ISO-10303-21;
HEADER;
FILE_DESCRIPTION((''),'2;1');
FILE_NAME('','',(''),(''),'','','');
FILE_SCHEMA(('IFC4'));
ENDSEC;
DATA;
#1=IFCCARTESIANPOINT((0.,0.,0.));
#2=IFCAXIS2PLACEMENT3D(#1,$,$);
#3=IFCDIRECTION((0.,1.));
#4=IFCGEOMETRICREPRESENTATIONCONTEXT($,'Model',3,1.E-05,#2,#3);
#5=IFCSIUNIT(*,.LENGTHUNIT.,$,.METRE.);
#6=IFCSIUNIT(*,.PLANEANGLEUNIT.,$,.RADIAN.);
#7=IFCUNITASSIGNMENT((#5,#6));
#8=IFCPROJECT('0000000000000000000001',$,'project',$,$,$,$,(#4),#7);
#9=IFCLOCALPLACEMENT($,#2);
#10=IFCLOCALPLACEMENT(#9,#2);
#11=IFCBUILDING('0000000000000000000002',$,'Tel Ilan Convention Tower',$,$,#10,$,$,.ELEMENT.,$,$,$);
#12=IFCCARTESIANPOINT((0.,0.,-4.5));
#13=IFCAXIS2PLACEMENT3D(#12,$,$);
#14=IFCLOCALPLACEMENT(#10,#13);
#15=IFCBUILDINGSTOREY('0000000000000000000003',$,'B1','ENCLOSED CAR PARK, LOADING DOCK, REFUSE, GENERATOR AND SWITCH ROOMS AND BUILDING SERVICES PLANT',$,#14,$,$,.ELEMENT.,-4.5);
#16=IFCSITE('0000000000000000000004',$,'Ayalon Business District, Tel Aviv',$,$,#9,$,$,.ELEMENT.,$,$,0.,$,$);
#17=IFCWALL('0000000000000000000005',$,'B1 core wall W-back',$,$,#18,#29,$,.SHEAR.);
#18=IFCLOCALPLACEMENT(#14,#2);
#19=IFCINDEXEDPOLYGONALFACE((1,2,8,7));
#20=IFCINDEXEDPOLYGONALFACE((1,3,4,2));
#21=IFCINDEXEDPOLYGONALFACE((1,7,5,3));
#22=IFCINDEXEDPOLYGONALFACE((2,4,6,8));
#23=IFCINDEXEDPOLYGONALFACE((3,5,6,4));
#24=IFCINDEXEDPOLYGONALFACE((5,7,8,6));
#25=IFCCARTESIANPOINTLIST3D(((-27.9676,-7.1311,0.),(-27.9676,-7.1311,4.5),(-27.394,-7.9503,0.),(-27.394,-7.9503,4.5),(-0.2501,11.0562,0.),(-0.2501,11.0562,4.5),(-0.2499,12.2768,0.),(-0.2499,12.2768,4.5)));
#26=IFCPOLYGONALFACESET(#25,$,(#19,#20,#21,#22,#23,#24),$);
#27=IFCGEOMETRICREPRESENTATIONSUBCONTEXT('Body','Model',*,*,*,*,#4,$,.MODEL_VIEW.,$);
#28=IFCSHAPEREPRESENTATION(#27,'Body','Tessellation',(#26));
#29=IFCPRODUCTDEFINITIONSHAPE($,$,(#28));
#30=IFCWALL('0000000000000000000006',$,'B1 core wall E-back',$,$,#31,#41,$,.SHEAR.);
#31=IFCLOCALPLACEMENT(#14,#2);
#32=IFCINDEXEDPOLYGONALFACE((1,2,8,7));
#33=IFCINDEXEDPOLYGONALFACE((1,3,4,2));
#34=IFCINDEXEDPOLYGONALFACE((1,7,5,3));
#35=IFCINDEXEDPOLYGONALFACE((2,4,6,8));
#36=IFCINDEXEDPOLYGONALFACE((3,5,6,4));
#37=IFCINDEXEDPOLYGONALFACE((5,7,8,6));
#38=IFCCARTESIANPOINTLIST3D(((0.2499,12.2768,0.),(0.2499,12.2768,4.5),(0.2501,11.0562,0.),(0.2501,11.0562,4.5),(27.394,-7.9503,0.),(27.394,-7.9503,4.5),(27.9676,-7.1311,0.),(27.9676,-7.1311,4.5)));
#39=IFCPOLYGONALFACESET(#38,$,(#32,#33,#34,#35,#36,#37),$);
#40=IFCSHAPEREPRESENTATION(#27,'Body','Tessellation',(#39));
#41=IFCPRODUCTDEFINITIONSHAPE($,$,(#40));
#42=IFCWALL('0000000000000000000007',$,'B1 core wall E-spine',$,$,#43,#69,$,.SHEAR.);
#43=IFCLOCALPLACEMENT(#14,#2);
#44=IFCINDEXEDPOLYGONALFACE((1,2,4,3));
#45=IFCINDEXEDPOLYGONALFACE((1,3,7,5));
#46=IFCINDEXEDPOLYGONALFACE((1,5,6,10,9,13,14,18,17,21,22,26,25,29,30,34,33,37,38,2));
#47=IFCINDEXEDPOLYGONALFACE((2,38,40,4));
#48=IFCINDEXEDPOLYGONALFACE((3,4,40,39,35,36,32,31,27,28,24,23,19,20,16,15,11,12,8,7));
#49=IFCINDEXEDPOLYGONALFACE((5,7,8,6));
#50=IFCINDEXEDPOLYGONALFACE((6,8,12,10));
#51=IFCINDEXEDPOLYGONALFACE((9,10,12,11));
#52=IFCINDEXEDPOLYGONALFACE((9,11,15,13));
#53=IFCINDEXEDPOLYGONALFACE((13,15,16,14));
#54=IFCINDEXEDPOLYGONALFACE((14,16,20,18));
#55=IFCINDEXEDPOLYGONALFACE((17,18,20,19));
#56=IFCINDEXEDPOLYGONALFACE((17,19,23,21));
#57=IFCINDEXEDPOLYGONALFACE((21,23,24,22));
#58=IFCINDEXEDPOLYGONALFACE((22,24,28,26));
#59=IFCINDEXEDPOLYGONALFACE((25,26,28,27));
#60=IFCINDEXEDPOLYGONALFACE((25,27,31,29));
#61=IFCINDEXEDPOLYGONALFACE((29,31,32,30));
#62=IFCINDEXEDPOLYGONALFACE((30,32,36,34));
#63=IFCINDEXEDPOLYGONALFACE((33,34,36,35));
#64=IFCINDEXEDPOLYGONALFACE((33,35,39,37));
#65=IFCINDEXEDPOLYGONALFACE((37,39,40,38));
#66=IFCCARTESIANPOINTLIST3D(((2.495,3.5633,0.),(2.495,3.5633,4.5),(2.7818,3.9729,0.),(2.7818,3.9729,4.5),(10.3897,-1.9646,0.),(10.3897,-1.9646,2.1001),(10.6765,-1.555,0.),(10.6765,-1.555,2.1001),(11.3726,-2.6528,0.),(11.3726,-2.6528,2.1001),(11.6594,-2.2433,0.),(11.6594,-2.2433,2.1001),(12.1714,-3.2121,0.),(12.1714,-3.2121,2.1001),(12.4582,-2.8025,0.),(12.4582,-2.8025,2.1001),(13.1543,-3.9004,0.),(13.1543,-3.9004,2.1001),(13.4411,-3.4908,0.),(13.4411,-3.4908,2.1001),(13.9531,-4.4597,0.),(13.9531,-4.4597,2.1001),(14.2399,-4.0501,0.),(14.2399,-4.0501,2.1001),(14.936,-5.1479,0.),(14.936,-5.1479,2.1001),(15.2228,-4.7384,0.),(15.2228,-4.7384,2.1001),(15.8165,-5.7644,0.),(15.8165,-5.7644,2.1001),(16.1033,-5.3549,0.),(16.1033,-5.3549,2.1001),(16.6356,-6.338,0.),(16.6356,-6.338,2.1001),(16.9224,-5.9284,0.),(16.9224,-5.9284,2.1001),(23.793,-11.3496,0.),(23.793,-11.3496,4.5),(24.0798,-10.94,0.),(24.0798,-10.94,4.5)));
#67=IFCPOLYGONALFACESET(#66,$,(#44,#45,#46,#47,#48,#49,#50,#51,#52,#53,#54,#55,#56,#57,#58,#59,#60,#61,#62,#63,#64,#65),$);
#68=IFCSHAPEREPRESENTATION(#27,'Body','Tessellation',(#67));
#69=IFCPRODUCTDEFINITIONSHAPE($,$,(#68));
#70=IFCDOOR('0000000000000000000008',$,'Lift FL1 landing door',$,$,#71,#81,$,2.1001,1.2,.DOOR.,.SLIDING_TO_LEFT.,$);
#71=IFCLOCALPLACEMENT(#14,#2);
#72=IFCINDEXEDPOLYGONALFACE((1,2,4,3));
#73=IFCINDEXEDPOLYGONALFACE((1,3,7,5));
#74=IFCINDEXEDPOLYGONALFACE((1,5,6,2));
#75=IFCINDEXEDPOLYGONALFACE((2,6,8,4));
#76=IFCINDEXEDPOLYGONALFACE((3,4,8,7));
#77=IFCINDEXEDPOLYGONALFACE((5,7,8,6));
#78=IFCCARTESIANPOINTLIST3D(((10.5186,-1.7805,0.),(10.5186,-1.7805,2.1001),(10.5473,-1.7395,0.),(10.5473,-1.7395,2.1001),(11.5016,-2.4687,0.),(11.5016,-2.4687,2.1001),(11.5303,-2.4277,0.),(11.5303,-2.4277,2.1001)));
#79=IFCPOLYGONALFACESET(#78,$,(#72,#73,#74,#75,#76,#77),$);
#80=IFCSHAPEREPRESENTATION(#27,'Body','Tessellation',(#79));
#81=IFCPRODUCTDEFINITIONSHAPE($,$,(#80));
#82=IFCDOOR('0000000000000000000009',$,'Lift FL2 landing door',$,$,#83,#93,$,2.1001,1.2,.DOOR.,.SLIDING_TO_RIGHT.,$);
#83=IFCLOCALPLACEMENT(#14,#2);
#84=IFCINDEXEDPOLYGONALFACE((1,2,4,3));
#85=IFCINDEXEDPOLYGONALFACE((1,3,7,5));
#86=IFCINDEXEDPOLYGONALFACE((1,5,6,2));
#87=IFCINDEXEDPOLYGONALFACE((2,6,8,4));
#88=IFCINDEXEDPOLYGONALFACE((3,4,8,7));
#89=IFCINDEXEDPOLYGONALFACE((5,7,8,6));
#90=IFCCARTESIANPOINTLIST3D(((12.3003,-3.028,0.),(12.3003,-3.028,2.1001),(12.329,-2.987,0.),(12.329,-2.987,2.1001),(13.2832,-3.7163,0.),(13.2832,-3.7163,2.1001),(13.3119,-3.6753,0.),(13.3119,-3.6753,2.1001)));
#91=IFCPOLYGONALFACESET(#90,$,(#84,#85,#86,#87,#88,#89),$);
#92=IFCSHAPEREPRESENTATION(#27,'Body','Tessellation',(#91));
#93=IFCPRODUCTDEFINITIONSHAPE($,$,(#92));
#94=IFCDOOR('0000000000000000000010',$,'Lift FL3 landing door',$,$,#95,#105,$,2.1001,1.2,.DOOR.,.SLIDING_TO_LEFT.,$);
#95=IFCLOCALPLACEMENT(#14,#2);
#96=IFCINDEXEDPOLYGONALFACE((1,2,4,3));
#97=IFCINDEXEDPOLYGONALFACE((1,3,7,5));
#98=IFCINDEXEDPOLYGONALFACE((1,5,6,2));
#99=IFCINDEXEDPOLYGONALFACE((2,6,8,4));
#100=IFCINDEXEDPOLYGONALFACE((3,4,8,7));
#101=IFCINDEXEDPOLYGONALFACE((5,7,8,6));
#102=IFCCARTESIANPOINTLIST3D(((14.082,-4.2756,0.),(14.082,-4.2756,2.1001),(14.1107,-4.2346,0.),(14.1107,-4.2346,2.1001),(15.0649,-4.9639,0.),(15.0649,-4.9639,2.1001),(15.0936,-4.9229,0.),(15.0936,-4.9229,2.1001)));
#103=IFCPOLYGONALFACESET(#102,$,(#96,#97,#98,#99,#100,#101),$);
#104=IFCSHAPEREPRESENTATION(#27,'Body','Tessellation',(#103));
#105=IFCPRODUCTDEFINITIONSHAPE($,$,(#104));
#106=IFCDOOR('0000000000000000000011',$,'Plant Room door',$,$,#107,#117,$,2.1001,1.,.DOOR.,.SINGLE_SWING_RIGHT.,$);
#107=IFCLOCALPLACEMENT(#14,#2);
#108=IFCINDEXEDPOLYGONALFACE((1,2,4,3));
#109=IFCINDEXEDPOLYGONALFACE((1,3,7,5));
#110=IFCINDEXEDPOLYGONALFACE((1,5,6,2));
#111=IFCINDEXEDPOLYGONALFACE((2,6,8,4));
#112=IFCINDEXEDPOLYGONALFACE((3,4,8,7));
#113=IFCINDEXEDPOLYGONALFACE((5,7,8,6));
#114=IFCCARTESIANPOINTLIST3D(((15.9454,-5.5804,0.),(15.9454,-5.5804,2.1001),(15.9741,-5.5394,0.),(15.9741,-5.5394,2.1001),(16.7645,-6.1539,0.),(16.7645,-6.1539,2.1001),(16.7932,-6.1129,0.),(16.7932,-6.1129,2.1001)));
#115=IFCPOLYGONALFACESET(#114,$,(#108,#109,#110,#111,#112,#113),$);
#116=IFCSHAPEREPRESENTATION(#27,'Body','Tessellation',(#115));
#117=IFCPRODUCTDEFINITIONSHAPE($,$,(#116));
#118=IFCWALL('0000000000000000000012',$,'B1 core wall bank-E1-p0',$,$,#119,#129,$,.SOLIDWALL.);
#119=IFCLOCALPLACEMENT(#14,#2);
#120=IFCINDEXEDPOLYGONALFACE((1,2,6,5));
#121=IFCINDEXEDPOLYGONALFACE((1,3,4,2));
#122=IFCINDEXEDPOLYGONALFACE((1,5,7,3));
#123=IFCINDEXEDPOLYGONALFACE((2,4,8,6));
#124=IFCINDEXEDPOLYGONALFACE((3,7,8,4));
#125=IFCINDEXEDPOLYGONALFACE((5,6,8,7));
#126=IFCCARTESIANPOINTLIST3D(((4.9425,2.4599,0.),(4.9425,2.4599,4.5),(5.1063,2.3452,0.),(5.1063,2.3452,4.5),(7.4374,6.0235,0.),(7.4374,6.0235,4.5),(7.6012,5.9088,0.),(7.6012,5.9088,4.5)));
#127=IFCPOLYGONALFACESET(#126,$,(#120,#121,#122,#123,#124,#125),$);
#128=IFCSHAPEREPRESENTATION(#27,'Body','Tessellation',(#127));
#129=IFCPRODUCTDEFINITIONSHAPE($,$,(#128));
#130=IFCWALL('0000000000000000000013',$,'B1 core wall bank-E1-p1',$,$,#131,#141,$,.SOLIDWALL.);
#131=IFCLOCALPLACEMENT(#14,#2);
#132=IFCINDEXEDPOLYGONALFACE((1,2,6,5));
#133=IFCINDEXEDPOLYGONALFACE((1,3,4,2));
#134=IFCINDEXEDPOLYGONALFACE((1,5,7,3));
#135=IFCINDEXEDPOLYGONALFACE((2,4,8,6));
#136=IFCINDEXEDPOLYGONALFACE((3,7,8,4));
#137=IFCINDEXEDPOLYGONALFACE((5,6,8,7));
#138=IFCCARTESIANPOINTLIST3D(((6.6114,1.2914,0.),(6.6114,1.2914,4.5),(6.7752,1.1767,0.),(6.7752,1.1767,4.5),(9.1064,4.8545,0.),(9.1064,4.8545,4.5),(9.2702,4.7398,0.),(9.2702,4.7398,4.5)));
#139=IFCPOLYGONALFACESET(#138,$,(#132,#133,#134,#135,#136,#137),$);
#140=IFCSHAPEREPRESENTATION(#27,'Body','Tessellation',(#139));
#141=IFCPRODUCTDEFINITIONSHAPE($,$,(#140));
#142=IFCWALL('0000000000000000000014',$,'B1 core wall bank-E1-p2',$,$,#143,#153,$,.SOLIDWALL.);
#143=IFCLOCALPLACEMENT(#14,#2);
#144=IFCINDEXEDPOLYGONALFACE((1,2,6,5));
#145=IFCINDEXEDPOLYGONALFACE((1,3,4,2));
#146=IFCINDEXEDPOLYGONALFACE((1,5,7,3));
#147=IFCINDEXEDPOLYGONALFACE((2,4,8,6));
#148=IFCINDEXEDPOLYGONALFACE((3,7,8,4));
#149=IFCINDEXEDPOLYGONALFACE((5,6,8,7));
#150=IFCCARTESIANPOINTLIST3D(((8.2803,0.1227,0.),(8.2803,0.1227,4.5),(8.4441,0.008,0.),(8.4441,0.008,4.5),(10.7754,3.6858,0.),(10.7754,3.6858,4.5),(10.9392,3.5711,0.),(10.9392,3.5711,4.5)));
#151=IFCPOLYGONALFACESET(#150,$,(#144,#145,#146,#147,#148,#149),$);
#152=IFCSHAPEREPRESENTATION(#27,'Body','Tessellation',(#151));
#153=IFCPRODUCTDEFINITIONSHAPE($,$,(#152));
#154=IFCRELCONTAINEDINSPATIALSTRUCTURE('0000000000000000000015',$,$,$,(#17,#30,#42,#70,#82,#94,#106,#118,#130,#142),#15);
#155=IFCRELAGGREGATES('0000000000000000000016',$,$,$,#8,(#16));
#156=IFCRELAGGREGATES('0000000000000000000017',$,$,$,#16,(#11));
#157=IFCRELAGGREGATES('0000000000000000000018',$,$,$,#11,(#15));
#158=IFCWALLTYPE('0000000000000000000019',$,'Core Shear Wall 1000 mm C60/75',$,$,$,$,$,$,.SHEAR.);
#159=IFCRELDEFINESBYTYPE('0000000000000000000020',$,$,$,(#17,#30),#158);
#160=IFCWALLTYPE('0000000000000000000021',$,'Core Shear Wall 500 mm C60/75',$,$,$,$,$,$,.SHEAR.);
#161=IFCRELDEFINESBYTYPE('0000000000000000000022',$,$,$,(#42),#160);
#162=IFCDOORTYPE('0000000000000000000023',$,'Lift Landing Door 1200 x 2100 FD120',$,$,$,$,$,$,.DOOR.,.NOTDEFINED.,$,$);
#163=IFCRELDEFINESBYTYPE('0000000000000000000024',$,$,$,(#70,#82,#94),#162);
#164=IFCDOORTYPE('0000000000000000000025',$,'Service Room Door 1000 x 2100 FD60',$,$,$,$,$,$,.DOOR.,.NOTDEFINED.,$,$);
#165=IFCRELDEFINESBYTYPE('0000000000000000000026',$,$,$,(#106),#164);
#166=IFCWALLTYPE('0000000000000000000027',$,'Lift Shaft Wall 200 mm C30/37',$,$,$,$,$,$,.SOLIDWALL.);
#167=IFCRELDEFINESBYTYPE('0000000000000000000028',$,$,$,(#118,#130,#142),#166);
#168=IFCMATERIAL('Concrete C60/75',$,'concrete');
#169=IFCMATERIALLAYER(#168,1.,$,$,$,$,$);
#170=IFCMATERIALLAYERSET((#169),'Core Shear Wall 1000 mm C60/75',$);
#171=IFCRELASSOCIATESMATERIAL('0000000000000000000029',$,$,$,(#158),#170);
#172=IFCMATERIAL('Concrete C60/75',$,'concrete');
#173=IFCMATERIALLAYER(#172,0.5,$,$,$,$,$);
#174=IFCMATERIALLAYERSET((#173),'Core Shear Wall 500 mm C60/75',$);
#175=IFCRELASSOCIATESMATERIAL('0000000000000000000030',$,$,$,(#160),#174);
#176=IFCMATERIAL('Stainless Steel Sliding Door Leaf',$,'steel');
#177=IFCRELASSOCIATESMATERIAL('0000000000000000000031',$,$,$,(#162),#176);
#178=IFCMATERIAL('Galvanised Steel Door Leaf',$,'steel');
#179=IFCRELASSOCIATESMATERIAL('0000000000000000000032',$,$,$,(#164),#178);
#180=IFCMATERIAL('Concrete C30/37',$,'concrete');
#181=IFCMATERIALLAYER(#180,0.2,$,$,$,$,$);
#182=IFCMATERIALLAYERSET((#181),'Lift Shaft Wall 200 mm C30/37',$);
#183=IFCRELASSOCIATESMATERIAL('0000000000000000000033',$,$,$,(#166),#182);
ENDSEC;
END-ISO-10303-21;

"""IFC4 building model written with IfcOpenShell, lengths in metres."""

from ifc_helpers import new_model, si_unit, direction, frame, frame_2d, origin, place, context, subcontext, project, spatial, polyline, rectangle, outline, extrude, material, layer, layer_set, type_object, element, fill, save


model = new_model("IFC4")

# Units and contexts
model_context = context("Model", 3, precision=1e-05, world=origin(), true_north=direction((0.0, 1.0)))
body_context = subcontext(model_context, "Body", "Model", "MODEL_VIEW")
ifc_project = project(units=[si_unit("LENGTHUNIT", "METRE"), si_unit("PLANEANGLEUNIT", "RADIAN")], contexts=[model_context])

# Site, building, storey
site_placement = place(None, origin())
site = spatial("IfcSite", under=ifc_project, at=site_placement, Name="Ayalon Business District, Tel Aviv", CompositionType="ELEMENT", RefElevation=0.0)
building_placement = place(site_placement, origin())
building = spatial("IfcBuilding", under=site, at=building_placement, Name="Tel Ilan Convention Tower", CompositionType="ELEMENT")
storey_placement = place(building_placement, frame((0.0, 0.0, -4.5)))
storey = spatial("IfcBuildingStorey", under=building, at=storey_placement, Name="B1", Description="ENCLOSED CAR PARK, LOADING DOCK, REFUSE, GENERATOR AND SWITCH ROOMS AND BUILDING SERVICES PLANT", CompositionType="ELEMENT", Elevation=-4.5)

# Walls
ifc_material_1 = material(Name="Concrete C60/75", Category="concrete")
ifc_layer_1 = layer(ifc_material_1, 1.0)
ifc_layer_set_1 = layer_set([ifc_layer_1], Name="Core Shear Wall 1000 mm C60/75")
wall_type_1 = type_object("IfcWallType", Name="Core Shear Wall 1000 mm C60/75", PredefinedType="SHEAR", material=ifc_layer_set_1)
wall_1_placement = place(storey_placement, frame((0.0369, 11.8672, 0.0), z_axis=(0.0, 0.0, 1.0), x_axis=(-0.819155, -0.573572, 0.0)))
element("IfcWall", 1, at=wall_1_placement, inside=storey, type_object=wall_type_1, Name="B1 core wall W-back", PredefinedType="SHEAR", context=body_context, shape_type="SweptSolid", body=[
    extrude(outline(polyline([(33.8369, 0.5), (0.7002, 0.4998), (0.0, -0.5), (33.8369, -0.5), (33.8369, 0.5)])), origin(), (0.0, 0.0, 1.0), 4.5),
])
wall_2_placement = place(storey_placement, frame((-0.0369, 11.8672, 0.0), z_axis=(0.0, 0.0, 1.0), x_axis=(0.819155, -0.573572, 0.0)))
element("IfcWall", 2, at=wall_2_placement, inside=storey, type_object=wall_type_1, Name="B1 core wall E-back", PredefinedType="SHEAR", context=body_context, shape_type="SweptSolid", body=[
    extrude(outline(polyline([(33.8369, 0.5), (0.0, 0.5), (0.7002, -0.4998), (33.8369, -0.5), (33.8369, 0.5)])), origin(), (0.0, 0.0, 1.0), 4.5),
])

# Wall, openings, doors
ifc_material_2 = material(Name="Concrete C60/75", Category="concrete")
ifc_layer_2 = layer(ifc_material_2, 0.5)
ifc_layer_set_2 = layer_set([ifc_layer_2], Name="Core Shear Wall 500 mm C60/75")
wall_type_2 = type_object("IfcWallType", Name="Core Shear Wall 500 mm C60/75", PredefinedType="SHEAR", material=ifc_layer_set_2)
wall_3_placement = place(storey_placement, frame((2.6384, 3.7681, 0.0), z_axis=(0.0, 0.0, 1.0), x_axis=(0.819149, -0.573581, 0.0)))
wall_3 = element("IfcWall", 3, at=wall_3_placement, inside=storey, type_object=wall_type_2, Name="B1 core wall E-spine", PredefinedType="SHEAR", context=body_context, shape_type="SweptSolid", body=[
    extrude(outline(polyline([(0.0, 0.25), (0.0, -0.25), (26.0, -0.2498), (26.0, 0.2502), (0.0, 0.25)])), origin(), (0.0, 0.0, 1.0), 4.5),
])
opening_1_placement = place(wall_3_placement, frame((9.6375, 0.0, 0.0)))
opening_1 = element("IfcOpeningElement", 4, at=opening_1_placement, cuts=wall_3, PredefinedType="OPENING", context=body_context, shape_type="SweptSolid", body=[
    extrude(rectangle(XDim=1.2, YDim=2.1001, at=frame_2d((0.6001, 1.05))), frame((0.0, 0.26, 0.0), z_axis=(0.0, -1.0, 0.0), x_axis=(1.0, 0.0, 0.0)), (0.0, 0.0, 1.0), 0.52),
])
opening_2_placement = place(wall_3_placement, frame((11.8125, 0.0, 0.0)))
opening_2 = element("IfcOpeningElement", 5, at=opening_2_placement, cuts=wall_3, PredefinedType="OPENING", context=body_context, shape_type="SweptSolid", body=[
    extrude(rectangle(XDim=1.2, YDim=2.1001, at=frame_2d((0.6001, 1.05))), frame((0.0, 0.26, 0.0), z_axis=(0.0, -1.0, 0.0), x_axis=(1.0, 0.0, 0.0)), (0.0, 0.0, 1.0), 0.52),
])
opening_3_placement = place(wall_3_placement, frame((13.9875, 0.0, 0.0)))
opening_3 = element("IfcOpeningElement", 6, at=opening_3_placement, cuts=wall_3, PredefinedType="OPENING", context=body_context, shape_type="SweptSolid", body=[
    extrude(rectangle(XDim=1.2, YDim=2.1001, at=frame_2d((0.6001, 1.05))), frame((0.0, 0.26, 0.0), z_axis=(0.0, -1.0, 0.0), x_axis=(1.0, 0.0, 0.0)), (0.0, 0.0, 1.0), 0.52),
])
opening_4_placement = place(wall_3_placement, frame((16.2625, 0.0, 0.0)))
opening_4 = element("IfcOpeningElement", 7, at=opening_4_placement, cuts=wall_3, PredefinedType="OPENING", context=body_context, shape_type="SweptSolid", body=[
    extrude(rectangle(XDim=1.0, YDim=2.1001, at=frame_2d((0.5, 1.05))), frame((0.0, 0.26, 0.0), z_axis=(0.0, -1.0, 0.0), x_axis=(1.0, 0.0, 0.0)), (0.0, 0.0, 1.0), 0.52),
])
ifc_material_3 = material(Name="Stainless Steel Sliding Door Leaf", Category="steel")
door_type_1 = type_object("IfcDoorType", Name="Lift Landing Door 1200 x 2100 FD120", OperationType="NOTDEFINED", PredefinedType="DOOR", material=ifc_material_3)
door_1_placement = place(opening_1_placement, origin())
door_1 = element("IfcDoor", 8, at=door_1_placement, inside=storey, type_object=door_type_1, Name="Lift FL1 landing door", OperationType="SLIDING_TO_LEFT", OverallHeight=2.1001, OverallWidth=1.2, PredefinedType="DOOR", context=body_context, shape_type="SweptSolid", body=[
    extrude(rectangle(XDim=1.2, YDim=2.1001, at=frame_2d((0.6001, 1.05))), frame((0.0, 0.0249, 0.0), z_axis=(0.0, -1.0, 0.0), x_axis=(1.0, 0.0, 0.0)), (0.0, 0.0, 1.0), 0.05),
])
fill(opening_1, door_1)
door_2_placement = place(opening_2_placement, origin())
door_2 = element("IfcDoor", 9, at=door_2_placement, inside=storey, type_object=door_type_1, Name="Lift FL2 landing door", OperationType="SLIDING_TO_RIGHT", OverallHeight=2.1001, OverallWidth=1.2, PredefinedType="DOOR", context=body_context, shape_type="SweptSolid", body=[
    extrude(rectangle(XDim=1.2, YDim=2.1001, at=frame_2d((0.6001, 1.05))), frame((0.0, 0.0249, 0.0), z_axis=(0.0, -1.0, 0.0), x_axis=(1.0, 0.0, 0.0)), (0.0, 0.0, 1.0), 0.05),
])
fill(opening_2, door_2)
door_3_placement = place(opening_3_placement, origin())
door_3 = element("IfcDoor", 10, at=door_3_placement, inside=storey, type_object=door_type_1, Name="Lift FL3 landing door", OperationType="SLIDING_TO_LEFT", OverallHeight=2.1001, OverallWidth=1.2, PredefinedType="DOOR", context=body_context, shape_type="SweptSolid", body=[
    extrude(rectangle(XDim=1.2, YDim=2.1001, at=frame_2d((0.6001, 1.05))), frame((0.0, 0.0249, 0.0), z_axis=(0.0, -1.0, 0.0), x_axis=(1.0, 0.0, 0.0)), (0.0, 0.0, 1.0), 0.05),
])
fill(opening_3, door_3)
ifc_material_4 = material(Name="Galvanised Steel Door Leaf", Category="steel")
door_type_2 = type_object("IfcDoorType", Name="Service Room Door 1000 x 2100 FD60", OperationType="NOTDEFINED", PredefinedType="DOOR", material=ifc_material_4)
door_4_placement = place(opening_4_placement, origin())
door_4 = element("IfcDoor", 11, at=door_4_placement, inside=storey, type_object=door_type_2, Name="Plant Room door", OperationType="SINGLE_SWING_RIGHT", OverallHeight=2.1001, OverallWidth=1.0, PredefinedType="DOOR", context=body_context, shape_type="SweptSolid", body=[
    extrude(rectangle(XDim=1.0, YDim=2.1001, at=frame_2d((0.5, 1.05))), frame((0.0, 0.0249, 0.0), z_axis=(0.0, -1.0, 0.0), x_axis=(1.0, 0.0, 0.0)), (0.0, 0.0, 1.0), 0.05),
])
fill(opening_4, door_4)

# Walls
ifc_material_5 = material(Name="Concrete C30/37", Category="concrete")
ifc_layer_3 = layer(ifc_material_5, 0.2)
ifc_layer_set_3 = layer_set([ifc_layer_3], Name="Lift Shaft Wall 200 mm C30/37")
wall_type_3 = type_object("IfcWallType", Name="Lift Shaft Wall 200 mm C30/37", PredefinedType="SOLIDWALL", material=ifc_layer_set_3)
wall_4_placement = place(storey_placement, frame((5.0244, 2.4026, 0.0), z_axis=(0.0, 0.0, 1.0), x_axis=(0.57353, 0.819184, 0.0)))
element("IfcWall", 12, at=wall_4_placement, inside=storey, type_object=wall_type_3, Name="B1 core wall bank-E1-p0", PredefinedType="SOLIDWALL", context=body_context, shape_type="SweptSolid", body=[
    extrude(rectangle(XDim=4.3501, YDim=0.2, at=frame_2d((2.175, 0.0))), origin(), (0.0, 0.0, 1.0), 4.5),
])
for number, where, z_axis, x_axis, name in (
    (13, (6.6934, 1.2341, 0.0), (0.0, 0.0, 1.0), (0.573594, 0.81914, 0.0), "B1 core wall bank-E1-p1"),
    (14, (8.3623, 0.0654, 0.0), (0.0, 0.0, 1.0), (0.573594, 0.81914, 0.0), "B1 core wall bank-E1-p2"),
):
    element("IfcWall", number, at=place(storey_placement, frame(where, z_axis=z_axis, x_axis=x_axis)), inside=storey, type_object=wall_type_3, Name=name, PredefinedType="SOLIDWALL", context=body_context, shape_type="SweptSolid", body=[
        extrude(rectangle(XDim=4.3499, YDim=0.2, at=frame_2d((2.1748, 0.0))), origin(), (0.0, 0.0, 1.0), 4.5),
    ])

save(model, "model.ifc")
